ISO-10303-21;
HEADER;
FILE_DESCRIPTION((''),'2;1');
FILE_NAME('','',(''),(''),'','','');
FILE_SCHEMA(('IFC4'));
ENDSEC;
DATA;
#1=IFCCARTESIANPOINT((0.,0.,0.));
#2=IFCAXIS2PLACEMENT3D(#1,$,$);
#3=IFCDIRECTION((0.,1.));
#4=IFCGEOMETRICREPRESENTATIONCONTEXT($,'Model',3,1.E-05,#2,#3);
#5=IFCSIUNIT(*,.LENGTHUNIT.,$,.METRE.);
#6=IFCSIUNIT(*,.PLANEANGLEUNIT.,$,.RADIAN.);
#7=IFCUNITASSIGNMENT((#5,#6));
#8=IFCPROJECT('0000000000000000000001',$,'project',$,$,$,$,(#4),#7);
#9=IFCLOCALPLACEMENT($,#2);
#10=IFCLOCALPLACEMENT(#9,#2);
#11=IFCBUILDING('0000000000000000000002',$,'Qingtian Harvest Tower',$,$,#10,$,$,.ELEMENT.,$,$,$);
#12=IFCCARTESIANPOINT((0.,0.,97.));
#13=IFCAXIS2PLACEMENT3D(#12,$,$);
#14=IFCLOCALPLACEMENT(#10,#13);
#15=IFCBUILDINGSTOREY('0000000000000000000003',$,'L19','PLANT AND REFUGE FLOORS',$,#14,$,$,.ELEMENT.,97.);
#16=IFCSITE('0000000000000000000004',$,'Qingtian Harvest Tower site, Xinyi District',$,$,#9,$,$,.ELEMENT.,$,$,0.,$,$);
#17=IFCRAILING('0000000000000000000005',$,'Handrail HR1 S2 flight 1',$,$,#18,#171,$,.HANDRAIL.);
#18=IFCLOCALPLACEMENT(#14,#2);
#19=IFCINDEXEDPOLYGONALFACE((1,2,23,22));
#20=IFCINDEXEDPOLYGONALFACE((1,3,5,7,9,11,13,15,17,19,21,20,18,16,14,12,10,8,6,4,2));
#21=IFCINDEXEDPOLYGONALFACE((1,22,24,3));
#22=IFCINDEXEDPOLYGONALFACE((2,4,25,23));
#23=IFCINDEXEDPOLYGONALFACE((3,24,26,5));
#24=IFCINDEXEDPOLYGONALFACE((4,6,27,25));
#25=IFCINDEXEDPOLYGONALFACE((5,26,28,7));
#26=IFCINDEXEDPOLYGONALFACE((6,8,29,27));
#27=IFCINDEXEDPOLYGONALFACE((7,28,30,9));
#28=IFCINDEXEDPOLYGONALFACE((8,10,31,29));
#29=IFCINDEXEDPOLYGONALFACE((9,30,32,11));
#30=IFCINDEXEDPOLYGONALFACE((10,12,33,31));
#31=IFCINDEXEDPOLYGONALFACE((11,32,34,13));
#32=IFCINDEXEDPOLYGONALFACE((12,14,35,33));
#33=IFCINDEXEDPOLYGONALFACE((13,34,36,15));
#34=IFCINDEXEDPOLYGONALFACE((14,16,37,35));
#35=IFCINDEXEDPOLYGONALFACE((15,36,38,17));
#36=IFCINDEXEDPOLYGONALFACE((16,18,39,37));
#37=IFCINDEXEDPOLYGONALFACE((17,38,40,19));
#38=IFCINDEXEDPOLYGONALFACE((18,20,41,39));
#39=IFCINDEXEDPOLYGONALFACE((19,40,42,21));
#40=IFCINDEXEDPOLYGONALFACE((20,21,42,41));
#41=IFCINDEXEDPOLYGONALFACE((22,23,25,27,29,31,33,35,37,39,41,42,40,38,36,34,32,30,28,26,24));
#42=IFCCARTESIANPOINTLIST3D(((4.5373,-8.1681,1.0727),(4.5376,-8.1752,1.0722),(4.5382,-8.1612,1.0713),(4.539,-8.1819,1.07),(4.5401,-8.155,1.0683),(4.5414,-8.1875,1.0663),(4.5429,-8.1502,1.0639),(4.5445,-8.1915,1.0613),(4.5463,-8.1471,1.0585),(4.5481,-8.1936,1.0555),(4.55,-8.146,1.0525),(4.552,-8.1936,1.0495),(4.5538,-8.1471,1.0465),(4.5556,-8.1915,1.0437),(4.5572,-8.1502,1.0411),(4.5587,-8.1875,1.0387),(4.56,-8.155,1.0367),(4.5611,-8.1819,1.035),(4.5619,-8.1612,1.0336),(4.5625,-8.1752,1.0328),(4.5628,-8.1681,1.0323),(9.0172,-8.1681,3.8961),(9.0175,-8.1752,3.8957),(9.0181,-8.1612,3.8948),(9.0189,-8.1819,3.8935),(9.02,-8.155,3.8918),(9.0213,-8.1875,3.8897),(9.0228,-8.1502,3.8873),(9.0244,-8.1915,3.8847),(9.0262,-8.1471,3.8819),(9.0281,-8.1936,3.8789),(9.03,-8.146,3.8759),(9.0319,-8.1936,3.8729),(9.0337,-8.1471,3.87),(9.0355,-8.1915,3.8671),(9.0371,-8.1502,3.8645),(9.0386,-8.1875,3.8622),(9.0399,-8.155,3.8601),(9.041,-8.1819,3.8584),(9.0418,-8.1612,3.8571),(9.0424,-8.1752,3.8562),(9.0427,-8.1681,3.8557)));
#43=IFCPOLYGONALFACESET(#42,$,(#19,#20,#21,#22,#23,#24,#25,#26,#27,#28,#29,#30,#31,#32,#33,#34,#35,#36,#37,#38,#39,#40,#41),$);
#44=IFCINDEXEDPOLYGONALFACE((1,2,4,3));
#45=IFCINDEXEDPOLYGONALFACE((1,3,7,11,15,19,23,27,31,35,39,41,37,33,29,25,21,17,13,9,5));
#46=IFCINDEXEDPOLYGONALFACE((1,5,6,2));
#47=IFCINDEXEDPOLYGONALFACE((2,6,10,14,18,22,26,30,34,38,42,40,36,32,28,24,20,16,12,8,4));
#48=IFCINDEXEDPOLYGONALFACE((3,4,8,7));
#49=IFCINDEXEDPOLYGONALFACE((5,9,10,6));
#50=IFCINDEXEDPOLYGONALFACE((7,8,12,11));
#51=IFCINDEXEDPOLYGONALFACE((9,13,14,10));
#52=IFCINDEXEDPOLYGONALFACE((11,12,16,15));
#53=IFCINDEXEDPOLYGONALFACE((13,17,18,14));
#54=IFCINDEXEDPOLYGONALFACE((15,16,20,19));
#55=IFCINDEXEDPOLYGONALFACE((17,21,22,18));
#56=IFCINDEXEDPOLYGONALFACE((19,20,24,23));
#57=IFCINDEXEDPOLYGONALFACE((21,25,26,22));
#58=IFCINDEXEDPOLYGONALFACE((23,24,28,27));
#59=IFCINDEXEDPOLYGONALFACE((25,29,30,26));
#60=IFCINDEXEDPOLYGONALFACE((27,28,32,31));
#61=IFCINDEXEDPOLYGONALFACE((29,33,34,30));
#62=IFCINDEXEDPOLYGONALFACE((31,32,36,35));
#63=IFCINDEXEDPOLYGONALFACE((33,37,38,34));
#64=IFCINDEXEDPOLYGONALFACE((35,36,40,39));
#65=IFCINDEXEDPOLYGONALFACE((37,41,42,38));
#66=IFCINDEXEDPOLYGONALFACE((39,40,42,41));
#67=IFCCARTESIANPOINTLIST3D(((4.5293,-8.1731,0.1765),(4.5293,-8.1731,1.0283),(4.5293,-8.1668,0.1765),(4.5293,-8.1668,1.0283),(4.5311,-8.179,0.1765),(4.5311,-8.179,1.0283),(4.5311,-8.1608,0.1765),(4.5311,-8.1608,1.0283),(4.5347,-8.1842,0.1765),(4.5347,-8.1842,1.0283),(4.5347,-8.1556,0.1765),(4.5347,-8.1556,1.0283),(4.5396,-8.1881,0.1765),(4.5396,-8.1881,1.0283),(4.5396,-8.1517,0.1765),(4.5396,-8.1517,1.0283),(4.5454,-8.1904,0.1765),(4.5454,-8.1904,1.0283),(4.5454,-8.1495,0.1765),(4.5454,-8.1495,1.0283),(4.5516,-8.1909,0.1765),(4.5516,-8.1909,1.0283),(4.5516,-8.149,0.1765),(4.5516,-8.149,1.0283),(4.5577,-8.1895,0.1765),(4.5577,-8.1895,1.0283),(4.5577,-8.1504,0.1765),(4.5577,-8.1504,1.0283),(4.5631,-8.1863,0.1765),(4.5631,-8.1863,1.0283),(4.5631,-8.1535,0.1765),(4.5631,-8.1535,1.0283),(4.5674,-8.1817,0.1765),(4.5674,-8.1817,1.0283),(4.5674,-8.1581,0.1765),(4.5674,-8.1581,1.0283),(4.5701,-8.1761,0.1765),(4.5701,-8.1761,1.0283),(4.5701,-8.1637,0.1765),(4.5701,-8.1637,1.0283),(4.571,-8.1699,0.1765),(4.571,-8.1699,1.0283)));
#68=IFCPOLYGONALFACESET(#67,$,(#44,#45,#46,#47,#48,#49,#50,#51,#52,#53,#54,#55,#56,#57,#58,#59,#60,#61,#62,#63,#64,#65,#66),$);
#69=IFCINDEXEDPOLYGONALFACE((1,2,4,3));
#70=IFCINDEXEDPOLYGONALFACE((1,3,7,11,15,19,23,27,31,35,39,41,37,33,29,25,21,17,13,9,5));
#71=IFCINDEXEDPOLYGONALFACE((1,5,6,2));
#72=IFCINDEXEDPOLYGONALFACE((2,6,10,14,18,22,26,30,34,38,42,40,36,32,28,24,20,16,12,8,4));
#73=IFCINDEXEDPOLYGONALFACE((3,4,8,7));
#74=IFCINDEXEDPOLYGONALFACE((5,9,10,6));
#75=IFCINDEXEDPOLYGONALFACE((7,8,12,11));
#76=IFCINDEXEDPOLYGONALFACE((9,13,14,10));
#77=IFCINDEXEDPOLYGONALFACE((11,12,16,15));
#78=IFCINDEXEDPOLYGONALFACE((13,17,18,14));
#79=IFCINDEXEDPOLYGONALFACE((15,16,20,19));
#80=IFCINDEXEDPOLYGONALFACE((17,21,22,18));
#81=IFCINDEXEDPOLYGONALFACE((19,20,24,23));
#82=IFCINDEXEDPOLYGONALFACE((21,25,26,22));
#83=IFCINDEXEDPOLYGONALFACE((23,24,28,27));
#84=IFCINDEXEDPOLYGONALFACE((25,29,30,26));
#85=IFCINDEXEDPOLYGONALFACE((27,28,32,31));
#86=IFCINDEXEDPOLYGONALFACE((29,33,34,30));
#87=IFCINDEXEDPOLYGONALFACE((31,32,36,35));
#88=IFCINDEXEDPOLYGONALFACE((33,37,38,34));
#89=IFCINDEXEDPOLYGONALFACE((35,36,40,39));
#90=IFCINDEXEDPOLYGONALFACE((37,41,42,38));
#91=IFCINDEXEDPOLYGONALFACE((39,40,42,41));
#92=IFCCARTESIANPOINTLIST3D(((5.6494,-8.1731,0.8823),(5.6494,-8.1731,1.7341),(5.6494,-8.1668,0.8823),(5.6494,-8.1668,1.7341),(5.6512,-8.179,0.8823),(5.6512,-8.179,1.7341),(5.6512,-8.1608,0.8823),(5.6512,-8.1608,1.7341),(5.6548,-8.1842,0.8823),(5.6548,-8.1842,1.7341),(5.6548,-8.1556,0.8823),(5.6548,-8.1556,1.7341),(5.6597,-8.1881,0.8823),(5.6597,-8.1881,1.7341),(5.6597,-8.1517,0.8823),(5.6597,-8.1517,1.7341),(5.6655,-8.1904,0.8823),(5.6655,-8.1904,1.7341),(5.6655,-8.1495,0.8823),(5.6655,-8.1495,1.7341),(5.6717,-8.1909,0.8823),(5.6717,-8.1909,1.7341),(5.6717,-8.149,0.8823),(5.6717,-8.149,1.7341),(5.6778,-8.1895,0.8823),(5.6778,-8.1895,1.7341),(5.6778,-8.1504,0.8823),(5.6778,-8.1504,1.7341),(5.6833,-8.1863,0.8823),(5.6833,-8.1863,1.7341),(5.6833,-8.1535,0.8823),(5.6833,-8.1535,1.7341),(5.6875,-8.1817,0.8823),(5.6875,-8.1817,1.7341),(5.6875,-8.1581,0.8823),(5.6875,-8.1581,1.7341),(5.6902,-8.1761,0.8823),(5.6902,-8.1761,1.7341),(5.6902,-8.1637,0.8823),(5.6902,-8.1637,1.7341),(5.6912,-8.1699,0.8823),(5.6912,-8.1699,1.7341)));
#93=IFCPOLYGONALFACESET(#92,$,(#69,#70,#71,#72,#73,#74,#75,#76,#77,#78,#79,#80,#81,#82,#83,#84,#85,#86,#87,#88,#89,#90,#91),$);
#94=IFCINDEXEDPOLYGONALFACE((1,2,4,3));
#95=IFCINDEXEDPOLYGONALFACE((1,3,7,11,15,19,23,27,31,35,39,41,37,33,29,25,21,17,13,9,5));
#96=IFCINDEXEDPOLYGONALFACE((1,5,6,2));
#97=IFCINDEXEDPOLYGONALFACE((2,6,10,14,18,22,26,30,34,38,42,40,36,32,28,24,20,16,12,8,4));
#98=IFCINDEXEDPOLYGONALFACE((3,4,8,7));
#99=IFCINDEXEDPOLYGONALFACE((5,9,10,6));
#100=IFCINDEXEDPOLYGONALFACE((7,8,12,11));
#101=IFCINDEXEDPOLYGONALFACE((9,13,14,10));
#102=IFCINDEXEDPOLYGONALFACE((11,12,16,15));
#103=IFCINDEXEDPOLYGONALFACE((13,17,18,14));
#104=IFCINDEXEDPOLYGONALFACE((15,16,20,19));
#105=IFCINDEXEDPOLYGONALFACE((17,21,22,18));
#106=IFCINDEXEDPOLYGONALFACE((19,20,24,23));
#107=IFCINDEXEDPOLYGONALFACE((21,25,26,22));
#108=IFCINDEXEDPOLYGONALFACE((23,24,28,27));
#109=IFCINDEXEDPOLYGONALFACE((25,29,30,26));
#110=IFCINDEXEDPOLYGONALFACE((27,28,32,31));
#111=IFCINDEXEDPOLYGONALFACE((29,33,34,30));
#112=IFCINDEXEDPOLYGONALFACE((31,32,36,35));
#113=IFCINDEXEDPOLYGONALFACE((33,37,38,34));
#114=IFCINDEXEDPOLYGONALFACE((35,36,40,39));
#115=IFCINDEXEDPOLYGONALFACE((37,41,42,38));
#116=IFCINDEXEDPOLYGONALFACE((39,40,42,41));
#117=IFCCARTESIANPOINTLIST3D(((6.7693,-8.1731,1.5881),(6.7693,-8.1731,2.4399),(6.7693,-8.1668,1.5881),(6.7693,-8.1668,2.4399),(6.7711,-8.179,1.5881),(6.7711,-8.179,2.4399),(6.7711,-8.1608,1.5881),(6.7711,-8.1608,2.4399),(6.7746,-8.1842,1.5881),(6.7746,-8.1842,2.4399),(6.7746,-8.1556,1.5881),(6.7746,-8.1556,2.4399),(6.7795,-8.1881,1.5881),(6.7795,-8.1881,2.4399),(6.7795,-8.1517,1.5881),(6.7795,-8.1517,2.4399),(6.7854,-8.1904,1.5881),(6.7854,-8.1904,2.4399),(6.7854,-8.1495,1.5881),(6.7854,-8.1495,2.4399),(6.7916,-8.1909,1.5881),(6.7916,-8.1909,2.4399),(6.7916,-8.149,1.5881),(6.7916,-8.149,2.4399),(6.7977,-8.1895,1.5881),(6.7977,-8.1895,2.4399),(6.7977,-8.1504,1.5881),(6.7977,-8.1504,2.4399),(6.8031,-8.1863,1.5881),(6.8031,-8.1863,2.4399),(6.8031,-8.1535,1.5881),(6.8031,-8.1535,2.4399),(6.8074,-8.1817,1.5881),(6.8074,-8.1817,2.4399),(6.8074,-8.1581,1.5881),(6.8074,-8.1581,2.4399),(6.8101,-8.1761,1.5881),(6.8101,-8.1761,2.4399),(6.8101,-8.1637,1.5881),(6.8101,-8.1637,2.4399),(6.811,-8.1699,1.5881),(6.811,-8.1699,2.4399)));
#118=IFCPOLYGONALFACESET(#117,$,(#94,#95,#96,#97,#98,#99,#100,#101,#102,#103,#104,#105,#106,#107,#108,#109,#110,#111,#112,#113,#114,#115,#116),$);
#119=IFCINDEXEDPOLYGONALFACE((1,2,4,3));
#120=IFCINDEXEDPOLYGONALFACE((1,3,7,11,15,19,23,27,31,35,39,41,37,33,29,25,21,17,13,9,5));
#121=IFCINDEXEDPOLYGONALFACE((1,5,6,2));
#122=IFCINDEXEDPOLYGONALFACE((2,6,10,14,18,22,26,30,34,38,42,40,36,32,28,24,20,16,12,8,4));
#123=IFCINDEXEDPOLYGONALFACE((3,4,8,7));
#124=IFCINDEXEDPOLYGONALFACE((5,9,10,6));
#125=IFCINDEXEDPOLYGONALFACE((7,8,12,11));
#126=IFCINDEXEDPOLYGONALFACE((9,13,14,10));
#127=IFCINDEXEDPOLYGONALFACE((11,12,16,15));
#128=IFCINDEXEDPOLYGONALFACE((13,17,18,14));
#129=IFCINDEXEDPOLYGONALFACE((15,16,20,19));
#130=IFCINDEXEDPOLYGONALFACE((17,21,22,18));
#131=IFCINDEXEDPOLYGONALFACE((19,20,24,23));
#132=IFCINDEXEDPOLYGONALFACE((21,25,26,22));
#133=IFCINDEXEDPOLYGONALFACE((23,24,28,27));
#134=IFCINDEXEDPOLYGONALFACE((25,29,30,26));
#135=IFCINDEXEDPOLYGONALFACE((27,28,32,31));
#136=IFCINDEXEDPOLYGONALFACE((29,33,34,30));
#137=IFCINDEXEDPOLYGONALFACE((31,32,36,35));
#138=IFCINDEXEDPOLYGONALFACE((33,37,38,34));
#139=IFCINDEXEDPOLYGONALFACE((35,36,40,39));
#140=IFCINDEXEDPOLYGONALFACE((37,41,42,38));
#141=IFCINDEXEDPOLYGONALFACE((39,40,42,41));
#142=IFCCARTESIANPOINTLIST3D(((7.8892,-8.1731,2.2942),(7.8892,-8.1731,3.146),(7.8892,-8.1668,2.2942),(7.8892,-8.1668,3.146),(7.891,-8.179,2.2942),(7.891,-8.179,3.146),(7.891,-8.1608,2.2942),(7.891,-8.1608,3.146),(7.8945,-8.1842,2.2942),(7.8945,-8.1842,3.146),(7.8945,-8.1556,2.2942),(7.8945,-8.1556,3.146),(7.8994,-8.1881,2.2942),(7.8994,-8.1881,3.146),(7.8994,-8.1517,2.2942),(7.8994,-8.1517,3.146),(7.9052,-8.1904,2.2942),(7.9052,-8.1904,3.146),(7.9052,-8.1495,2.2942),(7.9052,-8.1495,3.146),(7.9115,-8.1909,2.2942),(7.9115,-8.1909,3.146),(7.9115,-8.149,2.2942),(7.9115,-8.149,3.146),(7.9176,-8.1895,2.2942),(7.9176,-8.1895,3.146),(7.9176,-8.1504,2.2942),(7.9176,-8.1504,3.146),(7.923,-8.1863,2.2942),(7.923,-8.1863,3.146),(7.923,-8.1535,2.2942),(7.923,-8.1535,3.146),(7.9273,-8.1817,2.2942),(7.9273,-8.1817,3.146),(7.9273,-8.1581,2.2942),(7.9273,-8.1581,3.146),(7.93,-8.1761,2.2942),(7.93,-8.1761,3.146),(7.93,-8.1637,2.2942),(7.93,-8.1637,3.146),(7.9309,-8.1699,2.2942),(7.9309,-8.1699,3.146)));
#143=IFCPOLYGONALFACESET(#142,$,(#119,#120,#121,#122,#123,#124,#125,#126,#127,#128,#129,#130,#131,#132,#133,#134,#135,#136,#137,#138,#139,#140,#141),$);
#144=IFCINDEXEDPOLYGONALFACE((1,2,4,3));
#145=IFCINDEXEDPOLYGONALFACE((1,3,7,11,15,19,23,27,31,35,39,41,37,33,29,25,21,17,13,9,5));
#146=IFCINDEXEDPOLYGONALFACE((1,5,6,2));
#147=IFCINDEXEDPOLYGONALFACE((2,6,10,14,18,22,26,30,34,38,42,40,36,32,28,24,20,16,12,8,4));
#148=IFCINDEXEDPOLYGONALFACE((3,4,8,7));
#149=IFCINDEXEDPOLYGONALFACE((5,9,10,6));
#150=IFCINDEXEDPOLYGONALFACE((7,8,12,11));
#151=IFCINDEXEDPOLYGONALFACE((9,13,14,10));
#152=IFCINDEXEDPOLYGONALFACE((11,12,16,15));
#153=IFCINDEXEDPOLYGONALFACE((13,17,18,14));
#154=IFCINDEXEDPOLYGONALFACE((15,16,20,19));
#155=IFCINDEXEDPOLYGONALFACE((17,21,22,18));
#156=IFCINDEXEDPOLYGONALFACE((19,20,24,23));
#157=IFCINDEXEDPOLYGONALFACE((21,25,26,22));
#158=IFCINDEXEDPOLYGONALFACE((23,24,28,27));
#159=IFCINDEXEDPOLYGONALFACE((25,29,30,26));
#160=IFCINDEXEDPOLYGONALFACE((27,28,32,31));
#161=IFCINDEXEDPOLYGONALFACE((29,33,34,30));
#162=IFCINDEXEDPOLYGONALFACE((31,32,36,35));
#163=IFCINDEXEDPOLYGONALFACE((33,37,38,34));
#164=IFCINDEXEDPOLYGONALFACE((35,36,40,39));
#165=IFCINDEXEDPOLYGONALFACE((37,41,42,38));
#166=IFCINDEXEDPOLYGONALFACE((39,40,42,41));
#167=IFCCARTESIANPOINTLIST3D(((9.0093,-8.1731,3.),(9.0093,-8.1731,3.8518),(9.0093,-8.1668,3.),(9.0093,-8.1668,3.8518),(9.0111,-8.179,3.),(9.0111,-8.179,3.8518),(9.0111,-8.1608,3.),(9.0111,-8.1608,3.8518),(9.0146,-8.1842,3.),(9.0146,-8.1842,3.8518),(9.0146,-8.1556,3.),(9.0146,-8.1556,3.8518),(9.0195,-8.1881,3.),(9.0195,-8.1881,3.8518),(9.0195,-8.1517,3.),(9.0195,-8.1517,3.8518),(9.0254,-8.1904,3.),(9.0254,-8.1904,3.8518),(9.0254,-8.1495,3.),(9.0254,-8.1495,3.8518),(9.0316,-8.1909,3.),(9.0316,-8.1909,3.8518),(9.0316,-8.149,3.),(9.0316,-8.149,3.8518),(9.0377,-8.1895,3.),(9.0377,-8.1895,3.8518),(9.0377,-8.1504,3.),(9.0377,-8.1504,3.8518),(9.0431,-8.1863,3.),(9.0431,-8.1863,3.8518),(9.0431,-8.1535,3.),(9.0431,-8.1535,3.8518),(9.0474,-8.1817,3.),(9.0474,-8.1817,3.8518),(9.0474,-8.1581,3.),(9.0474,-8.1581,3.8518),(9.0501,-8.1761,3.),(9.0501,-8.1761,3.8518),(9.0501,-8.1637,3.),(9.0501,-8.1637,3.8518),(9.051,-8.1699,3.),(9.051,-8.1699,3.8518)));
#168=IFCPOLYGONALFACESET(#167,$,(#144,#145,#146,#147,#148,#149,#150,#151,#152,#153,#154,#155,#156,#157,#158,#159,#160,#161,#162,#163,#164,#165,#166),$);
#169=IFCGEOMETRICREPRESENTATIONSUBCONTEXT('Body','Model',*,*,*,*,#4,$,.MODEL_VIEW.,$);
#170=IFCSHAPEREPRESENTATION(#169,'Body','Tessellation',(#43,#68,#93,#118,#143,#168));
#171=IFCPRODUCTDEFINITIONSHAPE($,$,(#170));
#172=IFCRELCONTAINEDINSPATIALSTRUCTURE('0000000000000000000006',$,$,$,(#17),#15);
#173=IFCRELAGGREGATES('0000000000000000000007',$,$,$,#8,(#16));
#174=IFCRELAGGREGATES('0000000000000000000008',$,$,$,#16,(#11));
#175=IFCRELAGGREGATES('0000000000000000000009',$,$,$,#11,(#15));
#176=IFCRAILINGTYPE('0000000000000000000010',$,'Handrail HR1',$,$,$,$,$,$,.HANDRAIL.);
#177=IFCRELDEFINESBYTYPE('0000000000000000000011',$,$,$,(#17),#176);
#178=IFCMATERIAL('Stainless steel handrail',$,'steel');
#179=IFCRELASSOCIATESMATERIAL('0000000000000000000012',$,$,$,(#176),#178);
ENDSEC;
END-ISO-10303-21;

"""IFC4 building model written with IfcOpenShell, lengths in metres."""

from ifc_helpers import new_model, si_unit, direction, frame, origin, origin_2d, place, context, subcontext, project, spatial, circle, extrude, material, type_object, element, save


model = new_model("IFC4")

# Units and contexts
model_context = context("Model", 3, precision=1e-05, world=origin(), true_north=direction((0.0, 1.0)))
body_context = subcontext(model_context, "Body", "Model", "MODEL_VIEW")
ifc_project = project(units=[si_unit("LENGTHUNIT", "METRE"), si_unit("PLANEANGLEUNIT", "RADIAN")], contexts=[model_context])

# Site, building, storey
site_placement = place(None, origin())
site = spatial("IfcSite", under=ifc_project, at=site_placement, Name="Qingtian Harvest Tower site, Xinyi District", CompositionType="ELEMENT", RefElevation=0.0)
building_placement = place(site_placement, origin())
building = spatial("IfcBuilding", under=site, at=building_placement, Name="Qingtian Harvest Tower", CompositionType="ELEMENT")
storey_placement = place(building_placement, frame((0.0, 0.0, 97.0)))
storey = spatial("IfcBuildingStorey", under=building, at=storey_placement, Name="L19", Description="PLANT AND REFUGE FLOORS", CompositionType="ELEMENT", Elevation=97.0)

# Railing
ifc_material_1 = material(Name="Stainless steel handrail", Category="steel")
railing_type = type_object("IfcRailingType", Name="Handrail HR1", PredefinedType="HANDRAIL", material=ifc_material_1)
railing_1_placement = place(storey_placement, frame((4.55, -8.1699, 0.1765)))
element("IfcRailing", 1, at=railing_1_placement, inside=storey, type_object=railing_type, Name="Handrail HR1 S2 flight 1", PredefinedType="HANDRAIL", context=body_context, shape_type="SweptSolid", body=[
    extrude(circle(Radius=0.0239, at=origin_2d()), frame((0.0, 0.0, 0.876), z_axis=(0.845998, 0.0, 0.533186), x_axis=(0.0, 1.0, 0.0)), (0.0, 0.0, 1.0), 5.2954),
    extrude(circle(Radius=0.021, at=origin_2d()), origin(), (0.0, 0.0, 1.0), 0.8518),
    extrude(circle(Radius=0.021, at=origin_2d()), frame((1.1201, 0.0, 0.7058)), (0.0, 0.0, 1.0), 0.8518),
    extrude(circle(Radius=0.021, at=origin_2d()), frame((2.24, 0.0, 1.4116)), (0.0, 0.0, 1.0), 0.8518),
    extrude(circle(Radius=0.021, at=origin_2d()), frame((3.3599, 0.0, 2.1177)), (0.0, 0.0, 1.0), 0.8518),
    extrude(circle(Radius=0.021, at=origin_2d()), frame((4.48, 0.0, 2.8235)), (0.0, 0.0, 1.0), 0.8518),
])

save(model, "model.ifc")
